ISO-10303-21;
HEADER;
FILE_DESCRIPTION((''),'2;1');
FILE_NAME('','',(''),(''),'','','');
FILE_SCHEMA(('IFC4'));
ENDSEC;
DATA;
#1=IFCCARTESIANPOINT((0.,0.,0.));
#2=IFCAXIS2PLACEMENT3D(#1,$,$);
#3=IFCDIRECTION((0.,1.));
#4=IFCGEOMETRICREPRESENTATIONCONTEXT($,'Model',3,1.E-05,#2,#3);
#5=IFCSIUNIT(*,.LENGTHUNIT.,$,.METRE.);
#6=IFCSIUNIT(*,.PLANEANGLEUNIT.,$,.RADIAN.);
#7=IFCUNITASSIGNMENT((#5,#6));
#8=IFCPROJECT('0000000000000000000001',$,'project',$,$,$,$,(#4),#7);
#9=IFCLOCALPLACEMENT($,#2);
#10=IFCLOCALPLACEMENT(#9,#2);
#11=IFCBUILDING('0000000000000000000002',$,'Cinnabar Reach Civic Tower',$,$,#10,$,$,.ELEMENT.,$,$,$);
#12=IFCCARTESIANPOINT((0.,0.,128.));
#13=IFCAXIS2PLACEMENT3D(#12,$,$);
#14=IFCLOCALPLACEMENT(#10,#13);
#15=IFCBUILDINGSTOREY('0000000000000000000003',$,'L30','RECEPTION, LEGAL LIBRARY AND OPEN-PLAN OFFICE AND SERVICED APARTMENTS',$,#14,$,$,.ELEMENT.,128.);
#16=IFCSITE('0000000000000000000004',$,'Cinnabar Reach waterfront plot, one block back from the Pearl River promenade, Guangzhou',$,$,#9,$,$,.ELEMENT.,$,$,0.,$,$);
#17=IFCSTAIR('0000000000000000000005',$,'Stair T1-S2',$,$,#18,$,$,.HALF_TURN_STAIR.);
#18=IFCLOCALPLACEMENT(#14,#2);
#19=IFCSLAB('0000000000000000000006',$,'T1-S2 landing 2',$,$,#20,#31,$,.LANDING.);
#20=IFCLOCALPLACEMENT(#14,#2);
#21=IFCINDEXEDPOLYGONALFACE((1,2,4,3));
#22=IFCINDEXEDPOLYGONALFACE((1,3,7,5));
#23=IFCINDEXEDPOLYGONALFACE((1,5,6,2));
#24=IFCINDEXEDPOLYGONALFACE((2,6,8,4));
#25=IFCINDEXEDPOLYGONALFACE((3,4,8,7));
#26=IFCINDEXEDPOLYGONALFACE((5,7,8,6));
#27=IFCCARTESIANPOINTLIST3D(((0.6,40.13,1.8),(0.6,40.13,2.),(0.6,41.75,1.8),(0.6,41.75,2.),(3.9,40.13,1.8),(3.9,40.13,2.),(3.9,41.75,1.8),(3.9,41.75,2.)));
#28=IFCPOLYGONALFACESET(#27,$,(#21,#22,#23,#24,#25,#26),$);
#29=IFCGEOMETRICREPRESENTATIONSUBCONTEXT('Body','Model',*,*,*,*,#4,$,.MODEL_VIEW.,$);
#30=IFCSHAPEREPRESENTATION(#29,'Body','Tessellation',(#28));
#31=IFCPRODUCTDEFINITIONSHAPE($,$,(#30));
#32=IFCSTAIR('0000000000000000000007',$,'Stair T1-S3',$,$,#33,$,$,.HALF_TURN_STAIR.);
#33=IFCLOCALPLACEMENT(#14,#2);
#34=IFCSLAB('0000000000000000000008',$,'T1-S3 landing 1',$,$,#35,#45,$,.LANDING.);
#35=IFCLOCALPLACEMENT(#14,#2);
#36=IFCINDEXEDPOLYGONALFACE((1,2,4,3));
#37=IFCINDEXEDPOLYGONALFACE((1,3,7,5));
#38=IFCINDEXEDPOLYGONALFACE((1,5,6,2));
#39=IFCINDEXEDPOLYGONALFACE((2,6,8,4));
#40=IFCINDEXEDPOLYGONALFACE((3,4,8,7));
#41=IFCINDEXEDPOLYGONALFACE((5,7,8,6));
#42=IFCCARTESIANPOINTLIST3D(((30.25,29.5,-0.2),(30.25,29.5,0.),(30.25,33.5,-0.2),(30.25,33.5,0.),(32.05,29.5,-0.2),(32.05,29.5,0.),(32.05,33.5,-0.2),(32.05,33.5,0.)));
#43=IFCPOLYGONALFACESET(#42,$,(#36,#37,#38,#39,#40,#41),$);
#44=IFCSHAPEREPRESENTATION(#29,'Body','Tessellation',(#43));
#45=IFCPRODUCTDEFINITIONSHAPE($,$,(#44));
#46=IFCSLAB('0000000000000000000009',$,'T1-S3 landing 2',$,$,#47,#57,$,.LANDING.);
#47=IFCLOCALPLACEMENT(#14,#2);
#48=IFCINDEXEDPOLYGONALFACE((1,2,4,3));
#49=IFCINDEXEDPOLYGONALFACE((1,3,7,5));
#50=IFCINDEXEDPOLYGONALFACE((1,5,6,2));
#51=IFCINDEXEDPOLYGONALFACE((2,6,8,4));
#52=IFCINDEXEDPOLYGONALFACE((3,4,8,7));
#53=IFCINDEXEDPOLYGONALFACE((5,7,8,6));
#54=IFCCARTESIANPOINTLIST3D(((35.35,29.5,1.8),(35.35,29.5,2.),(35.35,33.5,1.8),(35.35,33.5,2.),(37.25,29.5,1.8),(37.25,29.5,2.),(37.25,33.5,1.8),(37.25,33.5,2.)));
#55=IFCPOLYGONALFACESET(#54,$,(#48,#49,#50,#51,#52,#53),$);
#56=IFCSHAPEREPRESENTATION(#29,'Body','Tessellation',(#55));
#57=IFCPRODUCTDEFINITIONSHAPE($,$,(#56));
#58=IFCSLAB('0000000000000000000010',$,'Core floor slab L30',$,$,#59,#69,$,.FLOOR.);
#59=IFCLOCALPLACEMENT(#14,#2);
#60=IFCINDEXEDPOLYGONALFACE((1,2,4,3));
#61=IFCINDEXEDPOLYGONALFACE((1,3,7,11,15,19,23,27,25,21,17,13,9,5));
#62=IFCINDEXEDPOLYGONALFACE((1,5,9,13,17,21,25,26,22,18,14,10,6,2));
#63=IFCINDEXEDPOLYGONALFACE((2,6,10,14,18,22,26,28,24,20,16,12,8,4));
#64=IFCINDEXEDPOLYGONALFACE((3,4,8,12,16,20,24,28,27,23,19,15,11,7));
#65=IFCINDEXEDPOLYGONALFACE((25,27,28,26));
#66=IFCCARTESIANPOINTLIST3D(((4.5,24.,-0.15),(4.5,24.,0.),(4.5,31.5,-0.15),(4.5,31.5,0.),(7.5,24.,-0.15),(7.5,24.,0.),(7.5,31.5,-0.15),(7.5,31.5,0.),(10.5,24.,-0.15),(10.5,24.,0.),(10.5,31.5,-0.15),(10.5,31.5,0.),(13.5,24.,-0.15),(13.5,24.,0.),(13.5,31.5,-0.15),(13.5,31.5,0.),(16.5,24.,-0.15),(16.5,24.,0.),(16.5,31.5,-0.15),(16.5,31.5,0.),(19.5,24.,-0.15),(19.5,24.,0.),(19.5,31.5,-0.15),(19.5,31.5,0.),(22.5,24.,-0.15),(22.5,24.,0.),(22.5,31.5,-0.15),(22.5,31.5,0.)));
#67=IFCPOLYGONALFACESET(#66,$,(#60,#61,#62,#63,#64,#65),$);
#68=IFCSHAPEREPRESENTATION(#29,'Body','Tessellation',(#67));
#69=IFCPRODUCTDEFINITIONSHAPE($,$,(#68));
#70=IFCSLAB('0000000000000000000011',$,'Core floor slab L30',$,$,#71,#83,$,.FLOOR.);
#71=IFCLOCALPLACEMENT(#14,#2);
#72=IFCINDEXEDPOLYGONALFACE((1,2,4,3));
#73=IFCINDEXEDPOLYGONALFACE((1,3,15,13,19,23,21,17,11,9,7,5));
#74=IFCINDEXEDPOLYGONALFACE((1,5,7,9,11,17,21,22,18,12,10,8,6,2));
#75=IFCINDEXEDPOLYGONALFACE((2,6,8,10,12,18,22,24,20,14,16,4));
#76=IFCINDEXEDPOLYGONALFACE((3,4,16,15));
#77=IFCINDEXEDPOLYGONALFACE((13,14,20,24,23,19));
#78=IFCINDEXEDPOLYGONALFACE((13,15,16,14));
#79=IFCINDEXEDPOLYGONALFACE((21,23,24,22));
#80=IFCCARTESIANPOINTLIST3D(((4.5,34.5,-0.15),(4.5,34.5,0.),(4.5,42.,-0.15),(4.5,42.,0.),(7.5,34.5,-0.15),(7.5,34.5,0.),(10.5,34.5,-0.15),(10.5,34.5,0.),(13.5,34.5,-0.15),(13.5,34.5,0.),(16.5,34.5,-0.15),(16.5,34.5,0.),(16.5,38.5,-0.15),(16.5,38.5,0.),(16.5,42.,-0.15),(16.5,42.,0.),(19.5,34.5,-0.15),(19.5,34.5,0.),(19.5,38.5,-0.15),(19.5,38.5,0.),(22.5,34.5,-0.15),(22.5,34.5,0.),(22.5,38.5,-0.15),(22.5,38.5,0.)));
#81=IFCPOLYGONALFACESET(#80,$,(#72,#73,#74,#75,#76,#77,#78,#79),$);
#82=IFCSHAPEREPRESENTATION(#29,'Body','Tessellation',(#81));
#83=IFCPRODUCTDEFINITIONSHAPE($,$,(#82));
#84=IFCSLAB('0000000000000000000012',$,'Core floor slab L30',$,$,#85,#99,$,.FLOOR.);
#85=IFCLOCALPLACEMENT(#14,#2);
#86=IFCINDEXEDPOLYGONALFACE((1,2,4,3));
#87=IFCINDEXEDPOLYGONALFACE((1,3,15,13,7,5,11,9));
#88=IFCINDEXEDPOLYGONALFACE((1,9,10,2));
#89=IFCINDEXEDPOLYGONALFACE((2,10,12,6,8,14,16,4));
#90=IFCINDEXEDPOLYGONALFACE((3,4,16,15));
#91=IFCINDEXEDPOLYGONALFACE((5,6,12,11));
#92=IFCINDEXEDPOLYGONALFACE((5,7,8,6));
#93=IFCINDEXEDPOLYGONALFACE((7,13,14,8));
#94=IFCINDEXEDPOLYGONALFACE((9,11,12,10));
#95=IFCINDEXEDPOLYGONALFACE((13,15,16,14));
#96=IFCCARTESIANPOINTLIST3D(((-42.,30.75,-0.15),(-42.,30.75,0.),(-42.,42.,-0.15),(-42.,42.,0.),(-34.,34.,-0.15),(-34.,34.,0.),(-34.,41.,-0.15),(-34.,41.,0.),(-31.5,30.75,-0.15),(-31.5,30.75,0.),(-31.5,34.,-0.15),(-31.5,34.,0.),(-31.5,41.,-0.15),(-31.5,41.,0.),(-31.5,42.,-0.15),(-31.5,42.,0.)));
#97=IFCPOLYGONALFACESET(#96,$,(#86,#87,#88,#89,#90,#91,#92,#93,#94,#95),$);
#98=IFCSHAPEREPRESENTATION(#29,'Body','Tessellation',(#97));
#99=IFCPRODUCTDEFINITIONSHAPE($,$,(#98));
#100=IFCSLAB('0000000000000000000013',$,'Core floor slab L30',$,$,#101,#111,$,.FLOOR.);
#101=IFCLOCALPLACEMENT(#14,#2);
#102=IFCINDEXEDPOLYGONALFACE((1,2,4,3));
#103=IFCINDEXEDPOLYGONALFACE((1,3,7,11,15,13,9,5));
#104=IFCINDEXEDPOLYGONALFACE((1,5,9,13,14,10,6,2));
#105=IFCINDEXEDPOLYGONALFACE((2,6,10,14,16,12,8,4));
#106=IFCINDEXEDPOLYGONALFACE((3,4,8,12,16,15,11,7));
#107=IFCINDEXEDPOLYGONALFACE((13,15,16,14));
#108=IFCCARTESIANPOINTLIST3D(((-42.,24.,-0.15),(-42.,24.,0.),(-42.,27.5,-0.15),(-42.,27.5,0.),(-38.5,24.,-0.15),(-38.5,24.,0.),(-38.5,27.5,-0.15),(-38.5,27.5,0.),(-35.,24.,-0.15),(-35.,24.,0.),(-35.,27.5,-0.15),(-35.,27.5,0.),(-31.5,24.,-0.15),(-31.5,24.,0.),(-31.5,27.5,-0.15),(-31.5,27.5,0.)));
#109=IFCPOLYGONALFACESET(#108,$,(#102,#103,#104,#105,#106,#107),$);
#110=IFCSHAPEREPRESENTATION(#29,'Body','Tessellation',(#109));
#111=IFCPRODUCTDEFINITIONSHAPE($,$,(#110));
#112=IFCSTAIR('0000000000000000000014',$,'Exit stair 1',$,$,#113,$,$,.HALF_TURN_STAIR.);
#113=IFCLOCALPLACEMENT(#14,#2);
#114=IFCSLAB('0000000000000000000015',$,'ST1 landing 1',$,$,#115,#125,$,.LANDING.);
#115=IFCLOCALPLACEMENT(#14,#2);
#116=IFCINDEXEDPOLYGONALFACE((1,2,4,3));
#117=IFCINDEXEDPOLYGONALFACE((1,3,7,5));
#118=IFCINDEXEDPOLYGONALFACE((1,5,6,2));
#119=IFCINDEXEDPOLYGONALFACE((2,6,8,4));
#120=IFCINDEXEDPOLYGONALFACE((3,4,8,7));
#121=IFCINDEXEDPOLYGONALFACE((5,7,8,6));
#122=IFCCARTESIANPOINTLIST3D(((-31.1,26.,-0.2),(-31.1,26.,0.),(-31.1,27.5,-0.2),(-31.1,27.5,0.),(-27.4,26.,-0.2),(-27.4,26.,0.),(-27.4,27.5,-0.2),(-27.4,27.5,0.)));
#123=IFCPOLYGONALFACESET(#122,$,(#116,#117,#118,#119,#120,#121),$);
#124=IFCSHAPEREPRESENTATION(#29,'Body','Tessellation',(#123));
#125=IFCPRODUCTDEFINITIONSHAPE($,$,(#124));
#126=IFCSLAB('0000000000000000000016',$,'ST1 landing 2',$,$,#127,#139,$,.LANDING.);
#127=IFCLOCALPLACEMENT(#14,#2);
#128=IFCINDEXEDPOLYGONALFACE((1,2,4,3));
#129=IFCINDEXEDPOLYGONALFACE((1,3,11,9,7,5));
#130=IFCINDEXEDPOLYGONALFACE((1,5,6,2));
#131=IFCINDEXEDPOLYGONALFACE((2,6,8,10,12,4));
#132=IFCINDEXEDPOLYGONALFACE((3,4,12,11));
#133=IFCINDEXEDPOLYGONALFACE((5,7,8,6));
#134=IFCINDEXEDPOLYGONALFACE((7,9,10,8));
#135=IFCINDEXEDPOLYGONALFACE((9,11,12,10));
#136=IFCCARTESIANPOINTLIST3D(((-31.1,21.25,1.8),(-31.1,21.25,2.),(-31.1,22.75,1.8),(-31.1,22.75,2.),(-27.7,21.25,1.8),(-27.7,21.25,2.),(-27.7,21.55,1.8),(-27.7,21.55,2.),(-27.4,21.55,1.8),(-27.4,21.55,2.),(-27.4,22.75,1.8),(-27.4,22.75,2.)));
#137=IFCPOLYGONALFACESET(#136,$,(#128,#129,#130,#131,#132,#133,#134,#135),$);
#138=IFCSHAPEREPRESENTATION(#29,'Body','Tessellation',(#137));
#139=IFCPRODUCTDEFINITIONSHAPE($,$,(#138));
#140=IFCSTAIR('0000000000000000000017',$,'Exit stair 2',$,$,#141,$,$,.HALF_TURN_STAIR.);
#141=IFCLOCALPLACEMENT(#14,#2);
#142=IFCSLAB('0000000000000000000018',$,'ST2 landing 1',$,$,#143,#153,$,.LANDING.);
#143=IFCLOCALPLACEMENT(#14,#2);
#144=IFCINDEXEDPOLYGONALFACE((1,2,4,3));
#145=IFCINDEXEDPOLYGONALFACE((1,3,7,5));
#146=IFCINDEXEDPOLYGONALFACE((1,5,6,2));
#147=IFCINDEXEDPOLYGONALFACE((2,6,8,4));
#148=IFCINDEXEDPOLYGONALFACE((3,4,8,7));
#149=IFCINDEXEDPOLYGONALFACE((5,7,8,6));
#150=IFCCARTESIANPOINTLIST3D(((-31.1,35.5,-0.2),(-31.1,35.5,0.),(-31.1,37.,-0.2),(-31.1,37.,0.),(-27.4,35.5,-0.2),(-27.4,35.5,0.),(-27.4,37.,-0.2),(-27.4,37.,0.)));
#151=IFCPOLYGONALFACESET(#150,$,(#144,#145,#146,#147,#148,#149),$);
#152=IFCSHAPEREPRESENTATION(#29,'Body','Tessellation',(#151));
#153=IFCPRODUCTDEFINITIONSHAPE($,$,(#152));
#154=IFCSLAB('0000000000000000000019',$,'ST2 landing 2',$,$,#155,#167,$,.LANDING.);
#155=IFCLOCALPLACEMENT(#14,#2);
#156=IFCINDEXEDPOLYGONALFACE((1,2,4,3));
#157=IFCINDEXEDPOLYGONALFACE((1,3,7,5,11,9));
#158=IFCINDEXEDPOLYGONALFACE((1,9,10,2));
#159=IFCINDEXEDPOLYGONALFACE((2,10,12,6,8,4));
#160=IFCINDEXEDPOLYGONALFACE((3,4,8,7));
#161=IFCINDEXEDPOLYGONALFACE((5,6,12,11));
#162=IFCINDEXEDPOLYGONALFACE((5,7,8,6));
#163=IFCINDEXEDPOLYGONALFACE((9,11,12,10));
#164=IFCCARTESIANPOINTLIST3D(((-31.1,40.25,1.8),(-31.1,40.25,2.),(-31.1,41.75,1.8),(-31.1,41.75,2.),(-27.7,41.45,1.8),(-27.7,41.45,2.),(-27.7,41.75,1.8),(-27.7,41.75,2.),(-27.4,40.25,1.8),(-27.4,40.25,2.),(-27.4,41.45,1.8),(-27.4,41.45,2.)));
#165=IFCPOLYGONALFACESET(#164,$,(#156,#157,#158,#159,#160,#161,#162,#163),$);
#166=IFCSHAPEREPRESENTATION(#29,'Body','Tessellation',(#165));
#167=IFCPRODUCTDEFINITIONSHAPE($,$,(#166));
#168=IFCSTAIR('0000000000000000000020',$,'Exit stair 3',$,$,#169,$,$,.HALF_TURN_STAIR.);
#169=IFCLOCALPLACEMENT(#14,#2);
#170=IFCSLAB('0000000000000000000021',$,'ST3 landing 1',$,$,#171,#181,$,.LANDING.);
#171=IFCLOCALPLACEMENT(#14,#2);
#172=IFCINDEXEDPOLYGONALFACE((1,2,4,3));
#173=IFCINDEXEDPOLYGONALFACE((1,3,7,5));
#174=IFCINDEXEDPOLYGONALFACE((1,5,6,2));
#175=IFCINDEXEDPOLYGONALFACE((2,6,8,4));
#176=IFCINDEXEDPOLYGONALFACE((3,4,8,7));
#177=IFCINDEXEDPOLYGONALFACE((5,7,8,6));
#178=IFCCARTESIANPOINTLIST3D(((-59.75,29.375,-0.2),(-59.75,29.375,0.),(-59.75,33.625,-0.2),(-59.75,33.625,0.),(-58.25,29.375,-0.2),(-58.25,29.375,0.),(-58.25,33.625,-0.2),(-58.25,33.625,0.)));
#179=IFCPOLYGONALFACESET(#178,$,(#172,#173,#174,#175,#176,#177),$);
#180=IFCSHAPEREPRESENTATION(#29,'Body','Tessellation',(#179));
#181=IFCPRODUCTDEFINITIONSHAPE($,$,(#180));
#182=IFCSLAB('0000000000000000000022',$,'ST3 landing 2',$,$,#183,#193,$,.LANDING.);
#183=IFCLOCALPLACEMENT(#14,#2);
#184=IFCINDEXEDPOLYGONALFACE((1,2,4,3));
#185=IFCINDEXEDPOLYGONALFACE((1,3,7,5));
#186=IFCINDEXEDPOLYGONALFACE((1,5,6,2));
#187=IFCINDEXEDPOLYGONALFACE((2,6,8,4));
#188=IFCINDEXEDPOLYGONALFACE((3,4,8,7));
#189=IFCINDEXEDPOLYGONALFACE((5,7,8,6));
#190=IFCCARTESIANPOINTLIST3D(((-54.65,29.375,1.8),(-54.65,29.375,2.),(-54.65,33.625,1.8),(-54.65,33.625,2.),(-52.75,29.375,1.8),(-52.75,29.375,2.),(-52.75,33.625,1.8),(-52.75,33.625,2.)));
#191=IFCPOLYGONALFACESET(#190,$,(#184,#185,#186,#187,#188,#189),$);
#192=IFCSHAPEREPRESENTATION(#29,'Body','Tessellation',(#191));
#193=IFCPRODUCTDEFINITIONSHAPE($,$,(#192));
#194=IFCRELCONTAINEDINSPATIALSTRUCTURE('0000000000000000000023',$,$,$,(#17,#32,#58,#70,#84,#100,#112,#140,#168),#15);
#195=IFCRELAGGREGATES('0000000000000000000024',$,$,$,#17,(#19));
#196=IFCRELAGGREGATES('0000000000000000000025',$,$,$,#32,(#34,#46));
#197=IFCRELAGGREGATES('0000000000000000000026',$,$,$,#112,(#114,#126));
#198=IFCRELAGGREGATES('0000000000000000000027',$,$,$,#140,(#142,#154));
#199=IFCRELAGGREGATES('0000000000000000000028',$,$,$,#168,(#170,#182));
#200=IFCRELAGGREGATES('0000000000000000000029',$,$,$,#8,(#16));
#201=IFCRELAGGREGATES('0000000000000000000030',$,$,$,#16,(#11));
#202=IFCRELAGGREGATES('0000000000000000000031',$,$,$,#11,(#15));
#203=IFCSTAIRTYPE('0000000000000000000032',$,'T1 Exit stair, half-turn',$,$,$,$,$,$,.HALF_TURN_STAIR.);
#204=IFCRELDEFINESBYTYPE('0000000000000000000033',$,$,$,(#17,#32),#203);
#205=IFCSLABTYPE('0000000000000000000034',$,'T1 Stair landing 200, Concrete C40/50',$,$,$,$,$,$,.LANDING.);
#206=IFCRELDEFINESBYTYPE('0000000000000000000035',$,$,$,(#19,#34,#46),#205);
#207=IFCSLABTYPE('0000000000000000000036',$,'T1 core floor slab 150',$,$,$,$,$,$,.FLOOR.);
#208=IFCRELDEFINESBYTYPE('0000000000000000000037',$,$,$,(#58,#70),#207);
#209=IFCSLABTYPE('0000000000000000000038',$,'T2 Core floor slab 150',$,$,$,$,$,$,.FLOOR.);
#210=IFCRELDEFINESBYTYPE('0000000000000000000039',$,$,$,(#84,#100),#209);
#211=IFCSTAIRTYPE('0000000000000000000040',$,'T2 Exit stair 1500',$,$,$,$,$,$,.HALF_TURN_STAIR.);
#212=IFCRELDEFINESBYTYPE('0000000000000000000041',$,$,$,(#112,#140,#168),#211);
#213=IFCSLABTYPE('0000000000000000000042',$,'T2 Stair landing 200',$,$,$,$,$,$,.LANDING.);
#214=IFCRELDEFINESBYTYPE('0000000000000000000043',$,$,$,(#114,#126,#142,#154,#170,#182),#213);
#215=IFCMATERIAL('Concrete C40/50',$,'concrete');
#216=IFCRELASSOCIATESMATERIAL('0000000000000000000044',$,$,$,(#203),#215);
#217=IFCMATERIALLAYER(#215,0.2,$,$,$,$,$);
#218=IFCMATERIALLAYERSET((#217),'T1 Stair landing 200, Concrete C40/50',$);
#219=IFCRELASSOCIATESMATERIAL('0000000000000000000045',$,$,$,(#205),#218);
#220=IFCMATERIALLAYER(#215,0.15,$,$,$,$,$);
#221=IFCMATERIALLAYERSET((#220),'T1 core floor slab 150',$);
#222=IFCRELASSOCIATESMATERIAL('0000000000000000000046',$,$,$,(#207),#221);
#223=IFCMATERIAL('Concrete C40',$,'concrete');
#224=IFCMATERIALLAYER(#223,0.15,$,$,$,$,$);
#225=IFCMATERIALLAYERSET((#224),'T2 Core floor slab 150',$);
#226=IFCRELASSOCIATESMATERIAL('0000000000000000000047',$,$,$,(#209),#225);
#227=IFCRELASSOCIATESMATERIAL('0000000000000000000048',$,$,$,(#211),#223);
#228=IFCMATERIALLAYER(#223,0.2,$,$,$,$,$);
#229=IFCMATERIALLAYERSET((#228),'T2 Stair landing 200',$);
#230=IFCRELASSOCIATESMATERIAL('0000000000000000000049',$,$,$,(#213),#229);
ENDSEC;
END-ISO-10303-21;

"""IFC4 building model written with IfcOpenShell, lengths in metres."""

from ifc_helpers import new_model, si_unit, direction, frame, origin, place, context, subcontext, project, spatial, polyline, outline, extrude, material, layer, layer_set, type_object, element, aggregate, save


model = new_model("IFC4")

# Units and contexts
model_context = context("Model", 3, precision=1e-05, world=origin(), true_north=direction((0.0, 1.0)))
body_context = subcontext(model_context, "Body", "Model", "MODEL_VIEW")
ifc_project = project(units=[si_unit("LENGTHUNIT", "METRE"), si_unit("PLANEANGLEUNIT", "RADIAN")], contexts=[model_context])

# Site, building, storey
site_placement = place(None, origin())
site = spatial("IfcSite", under=ifc_project, at=site_placement, Name="Cinnabar Reach waterfront plot, one block back from the Pearl River promenade, Guangzhou", CompositionType="ELEMENT", RefElevation=0.0)
building_placement = place(site_placement, origin())
building = spatial("IfcBuilding", under=site, at=building_placement, Name="Cinnabar Reach Civic Tower", CompositionType="ELEMENT")
storey_placement = place(building_placement, frame((0.0, 0.0, 128.0)))
storey = spatial("IfcBuildingStorey", under=building, at=storey_placement, Name="L30", Description="RECEPTION, LEGAL LIBRARY AND OPEN-PLAN OFFICE AND SERVICED APARTMENTS", CompositionType="ELEMENT", Elevation=128.0)

# Shared definitions
ifc_material_1 = material(Name="Concrete C40", Category="concrete")

# Stairs, slabs
ifc_material_2 = material(Name="Concrete C40/50", Category="concrete")
stair_type_1 = type_object("IfcStairType", Name="T1 Exit stair, half-turn", PredefinedType="HALF_TURN_STAIR", material=ifc_material_2)
ifc_layer_1 = layer(ifc_material_2, 0.2)
ifc_layer_set_1 = layer_set([ifc_layer_1], Name="T1 Stair landing 200, Concrete C40/50")
slab_type_1 = type_object("IfcSlabType", Name="T1 Stair landing 200, Concrete C40/50", PredefinedType="LANDING", material=ifc_layer_set_1)
stair_1_placement = place(storey_placement, origin())
stair_1 = element("IfcStair", 1, at=stair_1_placement, inside=storey, type_object=stair_type_1, Name="Stair T1-S2", PredefinedType="HALF_TURN_STAIR")
slab_1_placement = place(storey_placement, frame((0.0, 0.0, 1.8)))
slab_1 = element("IfcSlab", 2, at=slab_1_placement, type_object=slab_type_1, Name="T1-S2 landing 2", PredefinedType="LANDING", context=body_context, shape_type="SweptSolid", body=[
    extrude(outline(polyline([(0.6, 40.13), (0.6, 41.75), (3.9, 41.75), (3.9, 40.13), (0.6, 40.13)])), origin(), (0.0, 0.0, 1.0), 0.2),
])
aggregate(stair_1, [slab_1])
stair_2_placement = place(storey_placement, origin())
stair_2 = element("IfcStair", 3, at=stair_2_placement, inside=storey, type_object=stair_type_1, Name="Stair T1-S3", PredefinedType="HALF_TURN_STAIR")
slab_2_placement = place(storey_placement, frame((0.0, 0.0, -0.2)))
slab_2 = element("IfcSlab", 4, at=slab_2_placement, type_object=slab_type_1, Name="T1-S3 landing 1", PredefinedType="LANDING", context=body_context, shape_type="SweptSolid", body=[
    extrude(outline(polyline([(30.25, 29.5), (32.05, 29.5), (32.05, 33.5), (30.25, 33.5), (30.25, 29.5)])), origin(), (0.0, 0.0, 1.0), 0.2),
])
slab_3_placement = place(storey_placement, frame((0.0, 0.0, 1.8)))
slab_3 = element("IfcSlab", 5, at=slab_3_placement, type_object=slab_type_1, Name="T1-S3 landing 2", PredefinedType="LANDING", context=body_context, shape_type="SweptSolid", body=[
    extrude(outline(polyline([(35.35, 29.5), (37.25, 29.5), (37.25, 33.5), (35.35, 33.5), (35.35, 29.5)])), origin(), (0.0, 0.0, 1.0), 0.2),
])
aggregate(stair_2, [slab_2, slab_3])

# Slabs
ifc_layer_2 = layer(ifc_material_2, 0.15)
ifc_layer_set_2 = layer_set([ifc_layer_2], Name="T1 core floor slab 150")
slab_type_2 = type_object("IfcSlabType", Name="T1 core floor slab 150", PredefinedType="FLOOR", material=ifc_layer_set_2)
slab_4_placement = place(storey_placement, frame((0.0, 0.0, -0.15)))
element("IfcSlab", 6, at=slab_4_placement, inside=storey, type_object=slab_type_2, Name="Core floor slab L30", PredefinedType="FLOOR", context=body_context, shape_type="SweptSolid", body=[
    extrude(outline(polyline([(22.5, 24.0), (19.5, 24.0), (16.5, 24.0), (13.5, 24.0), (10.5, 24.0), (7.5, 24.0), (4.5, 24.0), (4.5, 31.5), (7.5, 31.5), (10.5, 31.5), (13.5, 31.5), (16.5, 31.5), (19.5, 31.5), (22.5, 31.5), (22.5, 24.0)])), origin(), (0.0, 0.0, 1.0), 0.15),
])
slab_5_placement = place(storey_placement, frame((0.0, 0.0, -0.15)))
element("IfcSlab", 7, at=slab_5_placement, inside=storey, type_object=slab_type_2, Name="Core floor slab L30", PredefinedType="FLOOR", context=body_context, shape_type="SweptSolid", body=[
    extrude(outline(polyline([(22.5, 34.5), (19.5, 34.5), (16.5, 34.5), (13.5, 34.5), (10.5, 34.5), (7.5, 34.5), (4.5, 34.5), (4.5, 42.0), (16.5, 42.0), (16.5, 38.5), (19.5, 38.5), (22.5, 38.5), (22.5, 34.5)])), origin(), (0.0, 0.0, 1.0), 0.15),
])
ifc_layer_3 = layer(ifc_material_1, 0.15)
ifc_layer_set_3 = layer_set([ifc_layer_3], Name="T2 Core floor slab 150")
slab_type_3 = type_object("IfcSlabType", Name="T2 Core floor slab 150", PredefinedType="FLOOR", material=ifc_layer_set_3)
slab_6_placement = place(storey_placement, frame((0.0, 0.0, -0.15)))
element("IfcSlab", 8, at=slab_6_placement, inside=storey, type_object=slab_type_3, Name="Core floor slab L30", PredefinedType="FLOOR", context=body_context, shape_type="SweptSolid", body=[
    extrude(outline(polyline([(-42.0, 42.0), (-31.5, 42.0), (-31.5, 41.0), (-34.0, 41.0), (-34.0, 34.0), (-31.5, 34.0), (-31.5, 30.75), (-42.0, 30.75), (-42.0, 42.0)])), origin(), (0.0, 0.0, 1.0), 0.15),
])
slab_7_placement = place(storey_placement, frame((0.0, 0.0, -0.15)))
element("IfcSlab", 9, at=slab_7_placement, inside=storey, type_object=slab_type_3, Name="Core floor slab L30", PredefinedType="FLOOR", context=body_context, shape_type="SweptSolid", body=[
    extrude(outline(polyline([(-35.0, 24.0), (-38.5, 24.0), (-42.0, 24.0), (-42.0, 27.5), (-38.5, 27.5), (-35.0, 27.5), (-31.5, 27.5), (-31.5, 24.0), (-35.0, 24.0)])), origin(), (0.0, 0.0, 1.0), 0.15),
])

# Stairs, slabs
stair_type_2 = type_object("IfcStairType", Name="T2 Exit stair 1500", PredefinedType="HALF_TURN_STAIR", material=ifc_material_1)
stair_3_placement = place(storey_placement, origin())
stair_3 = element("IfcStair", 10, at=stair_3_placement, inside=storey, type_object=stair_type_2, Name="Exit stair 1", PredefinedType="HALF_TURN_STAIR")
ifc_layer_4 = layer(ifc_material_1, 0.2)
ifc_layer_set_4 = layer_set([ifc_layer_4], Name="T2 Stair landing 200")
slab_type_4 = type_object("IfcSlabType", Name="T2 Stair landing 200", PredefinedType="LANDING", material=ifc_layer_set_4)
slab_8_placement = place(storey_placement, frame((0.0, 0.0, -0.2)))
slab_8 = element("IfcSlab", 11, at=slab_8_placement, type_object=slab_type_4, Name="ST1 landing 1", PredefinedType="LANDING", context=body_context, shape_type="SweptSolid", body=[
    extrude(outline(polyline([(-31.1, 26.0), (-31.1, 27.5), (-27.4, 27.5), (-27.4, 26.0), (-31.1, 26.0)])), origin(), (0.0, 0.0, 1.0), 0.2),
])
slab_9_placement = place(storey_placement, frame((0.0, 0.0, 1.8)))
slab_9 = element("IfcSlab", 12, at=slab_9_placement, type_object=slab_type_4, Name="ST1 landing 2", PredefinedType="LANDING", context=body_context, shape_type="SweptSolid", body=[
    extrude(outline(polyline([(-31.1, 21.25), (-31.1, 22.75), (-27.4, 22.75), (-27.4, 21.55), (-27.7, 21.55), (-27.7, 21.25), (-31.1, 21.25)])), origin(), (0.0, 0.0, 1.0), 0.2),
])
aggregate(stair_3, [slab_8, slab_9])
stair_4_placement = place(storey_placement, origin())
stair_4 = element("IfcStair", 13, at=stair_4_placement, inside=storey, type_object=stair_type_2, Name="Exit stair 2", PredefinedType="HALF_TURN_STAIR")
slab_10_placement = place(storey_placement, frame((0.0, 0.0, -0.2)))
slab_10 = element("IfcSlab", 14, at=slab_10_placement, type_object=slab_type_4, Name="ST2 landing 1", PredefinedType="LANDING", context=body_context, shape_type="SweptSolid", body=[
    extrude(outline(polyline([(-31.1, 35.5), (-31.1, 37.0), (-27.4, 37.0), (-27.4, 35.5), (-31.1, 35.5)])), origin(), (0.0, 0.0, 1.0), 0.2),
])
slab_11_placement = place(storey_placement, frame((0.0, 0.0, 1.8)))
slab_11 = element("IfcSlab", 15, at=slab_11_placement, type_object=slab_type_4, Name="ST2 landing 2", PredefinedType="LANDING", context=body_context, shape_type="SweptSolid", body=[
    extrude(outline(polyline([(-27.4, 40.25), (-31.1, 40.25), (-31.1, 41.75), (-27.7, 41.75), (-27.7, 41.45), (-27.4, 41.45), (-27.4, 40.25)])), origin(), (0.0, 0.0, 1.0), 0.2),
])
aggregate(stair_4, [slab_10, slab_11])
stair_5_placement = place(storey_placement, origin())
stair_5 = element("IfcStair", 16, at=stair_5_placement, inside=storey, type_object=stair_type_2, Name="Exit stair 3", PredefinedType="HALF_TURN_STAIR")
slab_12_placement = place(storey_placement, frame((0.0, 0.0, -0.2)))
slab_12 = element("IfcSlab", 17, at=slab_12_placement, type_object=slab_type_4, Name="ST3 landing 1", PredefinedType="LANDING", context=body_context, shape_type="SweptSolid", body=[
    extrude(outline(polyline([(-59.75, 29.375), (-59.75, 33.625), (-58.25, 33.625), (-58.25, 29.375), (-59.75, 29.375)])), origin(), (0.0, 0.0, 1.0), 0.2),
])
slab_13_placement = place(storey_placement, frame((0.0, 0.0, 1.8)))
slab_13 = element("IfcSlab", 18, at=slab_13_placement, type_object=slab_type_4, Name="ST3 landing 2", PredefinedType="LANDING", context=body_context, shape_type="SweptSolid", body=[
    extrude(outline(polyline([(-54.65, 29.375), (-54.65, 33.625), (-52.75, 33.625), (-52.75, 29.375), (-54.65, 29.375)])), origin(), (0.0, 0.0, 1.0), 0.2),
])
aggregate(stair_5, [slab_12, slab_13])

save(model, "model.ifc")
